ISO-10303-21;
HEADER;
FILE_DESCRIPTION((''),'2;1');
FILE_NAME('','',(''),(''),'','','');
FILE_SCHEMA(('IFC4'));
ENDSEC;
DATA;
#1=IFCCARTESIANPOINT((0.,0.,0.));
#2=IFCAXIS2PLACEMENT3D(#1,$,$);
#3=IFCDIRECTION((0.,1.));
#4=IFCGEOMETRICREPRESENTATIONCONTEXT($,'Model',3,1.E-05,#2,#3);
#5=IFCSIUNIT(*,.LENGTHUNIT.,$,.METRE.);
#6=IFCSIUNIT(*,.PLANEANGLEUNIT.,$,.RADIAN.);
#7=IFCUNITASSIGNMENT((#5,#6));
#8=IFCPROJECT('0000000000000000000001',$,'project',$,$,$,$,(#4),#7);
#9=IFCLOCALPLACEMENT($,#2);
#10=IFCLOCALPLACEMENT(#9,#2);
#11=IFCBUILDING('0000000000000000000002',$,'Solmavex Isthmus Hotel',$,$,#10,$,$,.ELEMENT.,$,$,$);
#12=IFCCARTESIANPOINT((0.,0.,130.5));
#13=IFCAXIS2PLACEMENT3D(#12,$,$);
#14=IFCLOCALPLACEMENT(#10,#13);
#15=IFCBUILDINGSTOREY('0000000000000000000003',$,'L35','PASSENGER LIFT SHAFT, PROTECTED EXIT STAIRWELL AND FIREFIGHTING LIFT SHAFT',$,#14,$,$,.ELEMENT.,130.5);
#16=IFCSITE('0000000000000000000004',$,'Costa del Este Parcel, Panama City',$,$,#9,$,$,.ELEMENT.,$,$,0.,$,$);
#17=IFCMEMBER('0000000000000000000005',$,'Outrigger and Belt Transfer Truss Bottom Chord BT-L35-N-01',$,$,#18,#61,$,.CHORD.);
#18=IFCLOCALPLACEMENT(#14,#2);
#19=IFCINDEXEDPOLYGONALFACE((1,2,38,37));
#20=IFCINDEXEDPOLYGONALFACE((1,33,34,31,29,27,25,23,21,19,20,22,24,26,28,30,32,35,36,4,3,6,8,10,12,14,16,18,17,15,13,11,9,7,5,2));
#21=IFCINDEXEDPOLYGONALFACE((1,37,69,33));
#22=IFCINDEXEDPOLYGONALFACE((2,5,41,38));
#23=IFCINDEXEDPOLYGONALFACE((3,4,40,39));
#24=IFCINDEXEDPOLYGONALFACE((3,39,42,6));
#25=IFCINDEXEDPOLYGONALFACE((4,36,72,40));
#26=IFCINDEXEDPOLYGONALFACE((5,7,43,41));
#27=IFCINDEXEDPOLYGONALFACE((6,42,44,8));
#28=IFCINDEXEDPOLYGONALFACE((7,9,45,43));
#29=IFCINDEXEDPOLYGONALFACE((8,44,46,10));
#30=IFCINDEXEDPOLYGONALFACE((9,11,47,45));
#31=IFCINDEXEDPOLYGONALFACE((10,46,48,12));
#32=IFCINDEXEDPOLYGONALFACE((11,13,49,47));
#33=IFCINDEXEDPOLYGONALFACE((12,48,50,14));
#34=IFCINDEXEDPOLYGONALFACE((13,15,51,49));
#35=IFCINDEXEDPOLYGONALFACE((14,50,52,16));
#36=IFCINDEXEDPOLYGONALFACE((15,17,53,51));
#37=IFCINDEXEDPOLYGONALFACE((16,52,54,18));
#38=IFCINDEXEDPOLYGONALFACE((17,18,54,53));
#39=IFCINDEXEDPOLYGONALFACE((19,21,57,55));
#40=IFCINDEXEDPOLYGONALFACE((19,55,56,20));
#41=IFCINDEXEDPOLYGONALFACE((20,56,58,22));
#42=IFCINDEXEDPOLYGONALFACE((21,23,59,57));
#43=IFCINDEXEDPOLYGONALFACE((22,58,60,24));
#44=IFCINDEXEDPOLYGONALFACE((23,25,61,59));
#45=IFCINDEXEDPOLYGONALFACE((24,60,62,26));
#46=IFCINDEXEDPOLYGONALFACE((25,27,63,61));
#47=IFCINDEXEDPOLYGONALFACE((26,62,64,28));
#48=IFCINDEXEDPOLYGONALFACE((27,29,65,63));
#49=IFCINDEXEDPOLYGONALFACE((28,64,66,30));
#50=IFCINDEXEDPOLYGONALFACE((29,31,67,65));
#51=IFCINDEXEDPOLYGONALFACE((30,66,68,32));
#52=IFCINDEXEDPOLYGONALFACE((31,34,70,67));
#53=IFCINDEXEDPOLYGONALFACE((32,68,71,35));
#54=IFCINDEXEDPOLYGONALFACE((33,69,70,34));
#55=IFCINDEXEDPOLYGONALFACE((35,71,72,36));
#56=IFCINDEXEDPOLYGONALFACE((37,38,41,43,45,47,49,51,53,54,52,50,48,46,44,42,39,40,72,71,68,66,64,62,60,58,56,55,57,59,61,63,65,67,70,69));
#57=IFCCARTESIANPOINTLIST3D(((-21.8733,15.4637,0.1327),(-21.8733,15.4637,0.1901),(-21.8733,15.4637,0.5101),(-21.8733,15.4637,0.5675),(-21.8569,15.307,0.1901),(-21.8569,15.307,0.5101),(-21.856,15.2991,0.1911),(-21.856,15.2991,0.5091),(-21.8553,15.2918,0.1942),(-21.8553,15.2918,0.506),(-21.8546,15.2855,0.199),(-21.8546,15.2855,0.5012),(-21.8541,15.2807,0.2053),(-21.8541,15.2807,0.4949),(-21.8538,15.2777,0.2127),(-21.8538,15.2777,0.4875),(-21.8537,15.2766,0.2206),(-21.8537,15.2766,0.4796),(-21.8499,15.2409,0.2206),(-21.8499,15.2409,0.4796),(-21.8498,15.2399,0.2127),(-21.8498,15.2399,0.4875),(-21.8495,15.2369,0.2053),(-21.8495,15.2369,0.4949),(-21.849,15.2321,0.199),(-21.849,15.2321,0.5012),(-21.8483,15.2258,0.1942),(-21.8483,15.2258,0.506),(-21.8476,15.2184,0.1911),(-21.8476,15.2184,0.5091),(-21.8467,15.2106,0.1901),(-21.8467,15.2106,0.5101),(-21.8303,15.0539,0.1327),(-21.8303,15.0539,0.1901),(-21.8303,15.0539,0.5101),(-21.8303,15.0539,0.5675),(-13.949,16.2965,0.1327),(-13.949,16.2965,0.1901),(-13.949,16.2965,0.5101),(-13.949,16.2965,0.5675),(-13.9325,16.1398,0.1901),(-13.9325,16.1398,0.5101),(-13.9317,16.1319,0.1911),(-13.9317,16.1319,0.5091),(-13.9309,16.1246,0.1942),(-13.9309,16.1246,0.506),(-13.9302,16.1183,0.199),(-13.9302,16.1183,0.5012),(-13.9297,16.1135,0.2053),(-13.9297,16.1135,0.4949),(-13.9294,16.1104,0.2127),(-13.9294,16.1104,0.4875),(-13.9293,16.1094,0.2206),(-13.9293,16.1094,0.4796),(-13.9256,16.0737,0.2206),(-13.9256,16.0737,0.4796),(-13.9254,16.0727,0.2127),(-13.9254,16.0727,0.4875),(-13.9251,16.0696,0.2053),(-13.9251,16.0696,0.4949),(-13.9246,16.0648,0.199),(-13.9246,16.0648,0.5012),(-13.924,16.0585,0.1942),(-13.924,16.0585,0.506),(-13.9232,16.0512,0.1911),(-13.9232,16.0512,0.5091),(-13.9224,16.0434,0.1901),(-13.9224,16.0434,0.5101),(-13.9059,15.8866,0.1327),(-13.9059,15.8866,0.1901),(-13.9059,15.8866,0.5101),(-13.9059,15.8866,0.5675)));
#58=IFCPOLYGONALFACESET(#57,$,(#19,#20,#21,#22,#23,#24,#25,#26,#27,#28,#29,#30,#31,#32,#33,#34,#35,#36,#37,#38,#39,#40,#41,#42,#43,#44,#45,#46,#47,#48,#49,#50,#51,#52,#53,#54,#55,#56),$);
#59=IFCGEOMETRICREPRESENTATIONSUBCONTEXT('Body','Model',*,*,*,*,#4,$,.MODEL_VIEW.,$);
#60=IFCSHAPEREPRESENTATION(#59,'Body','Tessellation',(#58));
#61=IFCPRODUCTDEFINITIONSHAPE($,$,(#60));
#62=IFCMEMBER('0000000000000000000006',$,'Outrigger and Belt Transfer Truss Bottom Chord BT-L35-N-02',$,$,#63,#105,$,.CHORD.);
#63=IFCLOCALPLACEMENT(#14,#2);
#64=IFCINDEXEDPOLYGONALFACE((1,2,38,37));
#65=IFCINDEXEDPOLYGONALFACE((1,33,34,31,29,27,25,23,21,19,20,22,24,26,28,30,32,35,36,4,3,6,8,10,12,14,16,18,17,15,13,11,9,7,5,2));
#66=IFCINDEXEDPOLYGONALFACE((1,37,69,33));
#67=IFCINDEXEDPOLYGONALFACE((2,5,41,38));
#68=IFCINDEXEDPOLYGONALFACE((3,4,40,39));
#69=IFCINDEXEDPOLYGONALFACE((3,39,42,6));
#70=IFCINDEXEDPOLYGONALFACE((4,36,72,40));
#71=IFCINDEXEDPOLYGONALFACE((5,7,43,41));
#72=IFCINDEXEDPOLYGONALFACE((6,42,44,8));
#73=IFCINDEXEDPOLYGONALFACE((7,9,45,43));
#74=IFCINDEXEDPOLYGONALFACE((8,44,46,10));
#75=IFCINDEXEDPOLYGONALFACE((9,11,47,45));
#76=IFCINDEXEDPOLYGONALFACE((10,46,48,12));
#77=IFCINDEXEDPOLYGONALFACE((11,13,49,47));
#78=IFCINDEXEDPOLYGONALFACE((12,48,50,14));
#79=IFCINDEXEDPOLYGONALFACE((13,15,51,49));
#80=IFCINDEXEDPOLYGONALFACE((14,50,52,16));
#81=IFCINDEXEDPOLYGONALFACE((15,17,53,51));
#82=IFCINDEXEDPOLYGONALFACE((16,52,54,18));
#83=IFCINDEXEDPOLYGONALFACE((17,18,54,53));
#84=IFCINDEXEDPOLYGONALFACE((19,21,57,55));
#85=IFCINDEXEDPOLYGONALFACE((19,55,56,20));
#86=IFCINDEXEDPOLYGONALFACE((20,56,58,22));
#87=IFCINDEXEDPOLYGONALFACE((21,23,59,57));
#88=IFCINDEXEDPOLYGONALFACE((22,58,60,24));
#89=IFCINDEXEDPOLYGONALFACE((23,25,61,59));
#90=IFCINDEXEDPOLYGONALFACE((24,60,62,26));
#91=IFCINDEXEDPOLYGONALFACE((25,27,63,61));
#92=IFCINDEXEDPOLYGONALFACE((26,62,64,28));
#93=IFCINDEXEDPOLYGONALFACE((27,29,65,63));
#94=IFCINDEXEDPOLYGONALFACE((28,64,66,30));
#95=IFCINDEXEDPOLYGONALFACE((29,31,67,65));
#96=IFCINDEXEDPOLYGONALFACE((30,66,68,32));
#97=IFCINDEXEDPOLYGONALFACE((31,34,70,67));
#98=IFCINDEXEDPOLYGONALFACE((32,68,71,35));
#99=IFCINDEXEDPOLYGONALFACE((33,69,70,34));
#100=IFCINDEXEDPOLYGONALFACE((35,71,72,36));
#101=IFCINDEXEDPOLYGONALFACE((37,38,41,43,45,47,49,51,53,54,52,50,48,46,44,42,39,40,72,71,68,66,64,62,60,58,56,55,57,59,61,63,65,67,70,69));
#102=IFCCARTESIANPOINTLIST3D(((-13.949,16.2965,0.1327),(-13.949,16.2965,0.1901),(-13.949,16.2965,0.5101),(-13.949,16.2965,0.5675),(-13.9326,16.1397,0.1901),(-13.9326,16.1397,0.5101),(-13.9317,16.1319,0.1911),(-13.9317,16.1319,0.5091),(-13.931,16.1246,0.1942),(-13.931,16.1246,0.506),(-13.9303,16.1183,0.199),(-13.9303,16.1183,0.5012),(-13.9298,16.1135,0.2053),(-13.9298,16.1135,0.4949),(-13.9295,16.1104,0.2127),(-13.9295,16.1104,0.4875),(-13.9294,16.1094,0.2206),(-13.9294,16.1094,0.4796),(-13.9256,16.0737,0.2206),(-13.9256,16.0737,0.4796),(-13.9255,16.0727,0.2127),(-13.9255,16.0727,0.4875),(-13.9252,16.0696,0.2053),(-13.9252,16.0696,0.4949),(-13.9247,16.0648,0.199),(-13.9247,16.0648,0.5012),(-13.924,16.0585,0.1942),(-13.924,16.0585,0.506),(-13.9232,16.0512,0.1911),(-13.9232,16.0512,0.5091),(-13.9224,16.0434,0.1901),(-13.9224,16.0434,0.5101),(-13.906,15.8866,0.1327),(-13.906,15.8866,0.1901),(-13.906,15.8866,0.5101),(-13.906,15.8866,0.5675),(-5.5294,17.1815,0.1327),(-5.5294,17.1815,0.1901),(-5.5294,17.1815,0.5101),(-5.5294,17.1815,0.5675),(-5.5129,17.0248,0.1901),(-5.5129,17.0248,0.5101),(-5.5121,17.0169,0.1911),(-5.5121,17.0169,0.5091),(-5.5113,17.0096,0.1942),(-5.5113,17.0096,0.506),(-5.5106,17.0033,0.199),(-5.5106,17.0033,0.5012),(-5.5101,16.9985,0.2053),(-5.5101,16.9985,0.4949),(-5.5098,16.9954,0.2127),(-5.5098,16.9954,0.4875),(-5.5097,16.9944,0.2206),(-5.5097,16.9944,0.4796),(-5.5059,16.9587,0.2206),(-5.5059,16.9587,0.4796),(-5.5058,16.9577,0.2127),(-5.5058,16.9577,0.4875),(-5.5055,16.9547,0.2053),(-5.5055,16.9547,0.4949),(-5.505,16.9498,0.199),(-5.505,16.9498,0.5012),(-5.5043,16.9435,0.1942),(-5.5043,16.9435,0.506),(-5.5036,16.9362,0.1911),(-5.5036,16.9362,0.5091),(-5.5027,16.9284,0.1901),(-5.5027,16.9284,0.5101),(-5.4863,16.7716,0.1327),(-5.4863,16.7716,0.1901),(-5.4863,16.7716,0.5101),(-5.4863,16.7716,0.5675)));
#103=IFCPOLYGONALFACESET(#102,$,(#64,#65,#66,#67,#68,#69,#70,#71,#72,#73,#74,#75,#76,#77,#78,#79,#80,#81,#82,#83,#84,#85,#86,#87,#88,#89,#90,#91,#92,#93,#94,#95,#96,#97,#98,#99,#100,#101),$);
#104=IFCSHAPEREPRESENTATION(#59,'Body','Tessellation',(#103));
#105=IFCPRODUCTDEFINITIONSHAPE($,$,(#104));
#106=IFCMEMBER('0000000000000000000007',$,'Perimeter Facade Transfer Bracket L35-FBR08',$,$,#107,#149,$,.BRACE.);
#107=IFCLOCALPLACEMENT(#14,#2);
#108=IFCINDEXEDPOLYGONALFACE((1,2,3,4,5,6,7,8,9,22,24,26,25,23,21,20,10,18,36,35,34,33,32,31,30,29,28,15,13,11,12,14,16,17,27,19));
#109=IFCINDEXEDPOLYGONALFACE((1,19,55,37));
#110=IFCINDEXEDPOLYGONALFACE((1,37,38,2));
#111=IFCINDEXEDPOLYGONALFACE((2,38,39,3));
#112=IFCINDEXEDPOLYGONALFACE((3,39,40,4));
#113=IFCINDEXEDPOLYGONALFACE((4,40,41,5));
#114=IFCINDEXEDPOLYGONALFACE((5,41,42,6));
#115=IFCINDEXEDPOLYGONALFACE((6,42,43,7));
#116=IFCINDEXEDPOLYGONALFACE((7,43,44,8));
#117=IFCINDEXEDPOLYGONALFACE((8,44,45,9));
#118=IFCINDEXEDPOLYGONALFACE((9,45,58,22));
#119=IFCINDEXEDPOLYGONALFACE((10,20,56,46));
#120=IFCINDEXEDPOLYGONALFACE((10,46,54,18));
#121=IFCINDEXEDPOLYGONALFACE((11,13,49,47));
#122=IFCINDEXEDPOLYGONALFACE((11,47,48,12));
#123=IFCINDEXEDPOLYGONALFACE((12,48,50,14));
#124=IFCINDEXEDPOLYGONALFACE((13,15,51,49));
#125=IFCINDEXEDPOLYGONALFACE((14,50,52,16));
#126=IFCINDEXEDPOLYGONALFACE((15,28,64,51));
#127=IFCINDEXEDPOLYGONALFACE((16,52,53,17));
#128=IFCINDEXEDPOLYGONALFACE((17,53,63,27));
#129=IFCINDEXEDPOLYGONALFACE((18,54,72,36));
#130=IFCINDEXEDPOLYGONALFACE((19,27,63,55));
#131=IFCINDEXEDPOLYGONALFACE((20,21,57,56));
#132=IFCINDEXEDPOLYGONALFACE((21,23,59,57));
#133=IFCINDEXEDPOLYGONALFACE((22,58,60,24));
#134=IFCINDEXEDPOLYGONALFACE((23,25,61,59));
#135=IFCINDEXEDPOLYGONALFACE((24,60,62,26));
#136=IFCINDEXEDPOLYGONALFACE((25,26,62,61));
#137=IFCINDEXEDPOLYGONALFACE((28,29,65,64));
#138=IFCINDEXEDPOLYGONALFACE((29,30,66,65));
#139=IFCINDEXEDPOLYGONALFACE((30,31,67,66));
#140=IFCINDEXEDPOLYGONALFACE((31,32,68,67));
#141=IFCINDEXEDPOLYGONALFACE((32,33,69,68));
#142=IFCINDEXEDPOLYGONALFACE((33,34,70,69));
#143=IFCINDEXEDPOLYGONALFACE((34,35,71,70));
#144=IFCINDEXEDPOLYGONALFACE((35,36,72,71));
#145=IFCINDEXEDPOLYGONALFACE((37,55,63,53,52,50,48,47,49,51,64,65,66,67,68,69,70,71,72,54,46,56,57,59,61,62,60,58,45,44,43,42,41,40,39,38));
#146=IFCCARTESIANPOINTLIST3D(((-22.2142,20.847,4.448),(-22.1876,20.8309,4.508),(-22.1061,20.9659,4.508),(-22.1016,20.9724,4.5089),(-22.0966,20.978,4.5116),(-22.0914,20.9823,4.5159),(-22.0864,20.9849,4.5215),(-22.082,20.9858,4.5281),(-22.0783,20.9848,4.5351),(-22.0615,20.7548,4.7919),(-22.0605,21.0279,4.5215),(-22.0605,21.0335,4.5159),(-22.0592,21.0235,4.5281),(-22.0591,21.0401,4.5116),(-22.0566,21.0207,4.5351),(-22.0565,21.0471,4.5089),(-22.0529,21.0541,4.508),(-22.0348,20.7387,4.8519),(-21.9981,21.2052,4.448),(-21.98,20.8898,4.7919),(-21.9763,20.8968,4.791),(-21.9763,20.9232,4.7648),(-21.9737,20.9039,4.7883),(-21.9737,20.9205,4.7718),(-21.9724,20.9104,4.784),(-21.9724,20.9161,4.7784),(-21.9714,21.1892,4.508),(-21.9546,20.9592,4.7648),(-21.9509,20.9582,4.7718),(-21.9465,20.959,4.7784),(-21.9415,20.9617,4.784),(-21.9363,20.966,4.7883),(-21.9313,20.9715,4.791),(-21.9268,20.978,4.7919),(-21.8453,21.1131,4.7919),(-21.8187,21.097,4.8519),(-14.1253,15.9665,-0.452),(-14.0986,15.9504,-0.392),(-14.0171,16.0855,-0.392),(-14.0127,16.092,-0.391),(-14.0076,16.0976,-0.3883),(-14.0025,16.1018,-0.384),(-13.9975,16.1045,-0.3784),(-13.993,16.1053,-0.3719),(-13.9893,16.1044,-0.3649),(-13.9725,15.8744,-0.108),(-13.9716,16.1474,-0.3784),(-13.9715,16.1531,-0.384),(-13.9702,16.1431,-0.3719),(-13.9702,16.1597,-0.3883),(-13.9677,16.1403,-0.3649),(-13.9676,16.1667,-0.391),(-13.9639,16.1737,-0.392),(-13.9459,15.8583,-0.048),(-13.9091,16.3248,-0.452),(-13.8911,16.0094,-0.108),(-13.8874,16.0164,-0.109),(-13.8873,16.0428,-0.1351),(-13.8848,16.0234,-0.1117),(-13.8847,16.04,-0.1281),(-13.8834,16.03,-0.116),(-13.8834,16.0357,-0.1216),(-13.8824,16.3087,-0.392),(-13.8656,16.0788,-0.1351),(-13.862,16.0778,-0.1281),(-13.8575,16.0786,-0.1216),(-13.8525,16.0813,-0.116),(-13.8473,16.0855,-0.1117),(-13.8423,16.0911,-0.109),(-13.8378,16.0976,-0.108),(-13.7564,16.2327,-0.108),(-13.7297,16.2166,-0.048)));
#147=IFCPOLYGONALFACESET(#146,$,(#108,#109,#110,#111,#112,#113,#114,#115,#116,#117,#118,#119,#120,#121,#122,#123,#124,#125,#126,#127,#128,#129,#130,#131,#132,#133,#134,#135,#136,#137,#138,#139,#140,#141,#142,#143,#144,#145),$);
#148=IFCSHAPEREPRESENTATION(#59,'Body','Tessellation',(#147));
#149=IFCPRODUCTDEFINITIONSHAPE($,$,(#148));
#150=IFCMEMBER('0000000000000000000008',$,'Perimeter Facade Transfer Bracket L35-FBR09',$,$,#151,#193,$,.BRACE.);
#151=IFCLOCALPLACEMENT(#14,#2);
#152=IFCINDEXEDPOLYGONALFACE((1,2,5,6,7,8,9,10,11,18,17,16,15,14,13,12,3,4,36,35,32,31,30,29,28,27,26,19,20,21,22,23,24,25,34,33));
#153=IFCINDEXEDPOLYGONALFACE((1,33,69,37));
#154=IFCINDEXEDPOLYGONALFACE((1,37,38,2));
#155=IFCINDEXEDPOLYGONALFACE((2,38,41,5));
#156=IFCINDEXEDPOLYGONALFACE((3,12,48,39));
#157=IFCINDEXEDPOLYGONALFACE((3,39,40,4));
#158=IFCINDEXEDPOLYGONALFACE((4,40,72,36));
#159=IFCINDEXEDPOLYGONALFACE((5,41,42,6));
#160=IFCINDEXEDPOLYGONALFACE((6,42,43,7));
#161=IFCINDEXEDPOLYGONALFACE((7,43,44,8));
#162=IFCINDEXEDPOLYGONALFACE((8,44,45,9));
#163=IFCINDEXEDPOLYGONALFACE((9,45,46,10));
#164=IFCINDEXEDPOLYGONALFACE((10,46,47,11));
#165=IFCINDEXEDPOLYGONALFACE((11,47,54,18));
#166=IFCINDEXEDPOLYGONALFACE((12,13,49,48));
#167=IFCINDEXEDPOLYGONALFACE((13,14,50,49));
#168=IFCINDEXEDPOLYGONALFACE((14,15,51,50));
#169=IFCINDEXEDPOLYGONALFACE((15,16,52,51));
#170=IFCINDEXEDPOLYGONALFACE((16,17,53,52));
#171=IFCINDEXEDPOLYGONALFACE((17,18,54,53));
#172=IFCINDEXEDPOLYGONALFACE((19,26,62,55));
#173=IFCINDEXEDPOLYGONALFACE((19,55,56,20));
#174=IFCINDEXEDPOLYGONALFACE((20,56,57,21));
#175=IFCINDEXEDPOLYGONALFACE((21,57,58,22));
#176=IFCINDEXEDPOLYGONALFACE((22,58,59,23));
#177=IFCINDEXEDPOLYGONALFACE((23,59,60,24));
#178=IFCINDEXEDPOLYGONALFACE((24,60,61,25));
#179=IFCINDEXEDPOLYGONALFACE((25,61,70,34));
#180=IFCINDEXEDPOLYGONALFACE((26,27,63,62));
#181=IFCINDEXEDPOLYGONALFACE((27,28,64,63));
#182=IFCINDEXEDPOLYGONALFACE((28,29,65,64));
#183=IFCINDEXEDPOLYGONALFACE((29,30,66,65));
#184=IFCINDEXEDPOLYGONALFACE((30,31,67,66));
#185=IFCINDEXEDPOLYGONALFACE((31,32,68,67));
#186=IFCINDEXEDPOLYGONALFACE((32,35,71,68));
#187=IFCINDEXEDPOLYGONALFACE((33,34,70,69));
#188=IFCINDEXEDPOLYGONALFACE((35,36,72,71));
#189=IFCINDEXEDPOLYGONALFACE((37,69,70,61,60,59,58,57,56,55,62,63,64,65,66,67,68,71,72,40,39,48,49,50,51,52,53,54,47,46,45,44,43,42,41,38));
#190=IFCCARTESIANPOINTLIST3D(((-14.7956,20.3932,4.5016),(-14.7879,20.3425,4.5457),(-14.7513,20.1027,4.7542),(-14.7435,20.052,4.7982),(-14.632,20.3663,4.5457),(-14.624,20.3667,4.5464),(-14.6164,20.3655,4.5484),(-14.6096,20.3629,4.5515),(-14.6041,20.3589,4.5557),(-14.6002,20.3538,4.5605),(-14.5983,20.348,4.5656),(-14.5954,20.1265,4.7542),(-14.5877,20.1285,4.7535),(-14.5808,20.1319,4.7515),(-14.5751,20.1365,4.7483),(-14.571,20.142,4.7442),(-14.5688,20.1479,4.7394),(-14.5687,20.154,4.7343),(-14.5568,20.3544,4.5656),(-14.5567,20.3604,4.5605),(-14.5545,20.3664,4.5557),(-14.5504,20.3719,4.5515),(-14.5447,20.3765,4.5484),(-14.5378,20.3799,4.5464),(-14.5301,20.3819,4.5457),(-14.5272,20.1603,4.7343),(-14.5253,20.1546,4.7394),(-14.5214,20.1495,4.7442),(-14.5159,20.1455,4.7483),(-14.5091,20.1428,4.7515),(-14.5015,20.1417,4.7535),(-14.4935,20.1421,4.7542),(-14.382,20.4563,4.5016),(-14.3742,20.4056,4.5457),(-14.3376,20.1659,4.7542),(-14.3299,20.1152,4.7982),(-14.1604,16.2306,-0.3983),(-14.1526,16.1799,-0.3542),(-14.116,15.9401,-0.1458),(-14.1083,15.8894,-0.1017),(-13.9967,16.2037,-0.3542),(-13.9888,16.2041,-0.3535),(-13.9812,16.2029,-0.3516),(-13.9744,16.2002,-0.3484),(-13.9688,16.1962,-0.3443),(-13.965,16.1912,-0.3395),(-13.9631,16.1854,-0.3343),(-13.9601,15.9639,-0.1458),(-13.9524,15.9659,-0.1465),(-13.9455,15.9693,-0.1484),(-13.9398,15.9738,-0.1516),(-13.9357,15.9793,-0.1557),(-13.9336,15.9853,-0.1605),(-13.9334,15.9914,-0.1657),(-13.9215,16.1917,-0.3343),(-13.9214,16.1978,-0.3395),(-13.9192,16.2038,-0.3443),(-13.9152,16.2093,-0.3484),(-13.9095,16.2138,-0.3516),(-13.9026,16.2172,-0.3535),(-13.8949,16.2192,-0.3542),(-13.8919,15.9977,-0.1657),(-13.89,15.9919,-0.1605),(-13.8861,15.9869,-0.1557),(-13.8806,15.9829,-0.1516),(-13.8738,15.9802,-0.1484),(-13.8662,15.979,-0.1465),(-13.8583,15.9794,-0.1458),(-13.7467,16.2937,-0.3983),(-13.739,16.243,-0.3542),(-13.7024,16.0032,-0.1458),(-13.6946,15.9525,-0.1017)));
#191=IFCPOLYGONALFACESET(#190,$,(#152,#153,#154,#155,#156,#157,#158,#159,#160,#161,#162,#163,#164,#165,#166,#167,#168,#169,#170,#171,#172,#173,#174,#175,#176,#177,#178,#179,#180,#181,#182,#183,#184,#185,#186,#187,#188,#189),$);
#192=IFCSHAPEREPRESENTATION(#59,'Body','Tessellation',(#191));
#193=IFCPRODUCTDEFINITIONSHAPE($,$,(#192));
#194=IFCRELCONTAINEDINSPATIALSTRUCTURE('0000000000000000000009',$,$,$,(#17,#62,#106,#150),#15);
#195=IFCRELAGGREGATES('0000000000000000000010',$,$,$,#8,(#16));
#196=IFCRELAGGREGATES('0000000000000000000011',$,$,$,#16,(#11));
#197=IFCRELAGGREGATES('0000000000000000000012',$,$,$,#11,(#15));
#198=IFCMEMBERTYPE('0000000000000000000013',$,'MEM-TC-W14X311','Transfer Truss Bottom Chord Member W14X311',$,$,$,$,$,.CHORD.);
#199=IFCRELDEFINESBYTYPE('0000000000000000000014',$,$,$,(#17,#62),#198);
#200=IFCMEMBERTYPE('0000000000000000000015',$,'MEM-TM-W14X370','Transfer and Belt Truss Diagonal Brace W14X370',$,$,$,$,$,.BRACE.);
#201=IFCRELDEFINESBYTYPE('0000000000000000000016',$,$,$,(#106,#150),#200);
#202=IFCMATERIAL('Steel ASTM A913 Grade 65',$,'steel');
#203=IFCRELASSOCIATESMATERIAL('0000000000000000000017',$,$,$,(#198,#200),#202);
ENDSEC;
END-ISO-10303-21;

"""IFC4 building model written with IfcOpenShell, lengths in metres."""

from ifc_helpers import new_model, si_unit, direction, frame, origin, origin_2d, place, context, subcontext, project, spatial, i_section, extrude, material, material_profile, profile_set, type_object, element, save


model = new_model("IFC4")

# Units and contexts
model_context = context("Model", 3, precision=1e-05, world=origin(), true_north=direction((0.0, 1.0)))
body_context = subcontext(model_context, "Body", "Model", "MODEL_VIEW")
ifc_project = project(units=[si_unit("LENGTHUNIT", "METRE"), si_unit("PLANEANGLEUNIT", "RADIAN")], contexts=[model_context])

# Site, building, storey
site_placement = place(None, origin())
site = spatial("IfcSite", under=ifc_project, at=site_placement, Name="Costa del Este Parcel, Panama City", CompositionType="ELEMENT", RefElevation=0.0)
building_placement = place(site_placement, origin())
building = spatial("IfcBuilding", under=site, at=building_placement, Name="Solmavex Isthmus Hotel", CompositionType="ELEMENT")
storey_placement = place(building_placement, frame((0.0, 0.0, 130.5)))
storey = spatial("IfcBuildingStorey", under=building, at=storey_placement, Name="L35", Description="PASSENGER LIFT SHAFT, PROTECTED EXIT STAIRWELL AND FIREFIGHTING LIFT SHAFT", CompositionType="ELEMENT", Elevation=130.5)

# Shared definitions
ifc_material_1 = material(Name="Steel ASTM A913 Grade 65", Category="steel")

# Members
ifc_material_profile_1 = material_profile(ifc_material_1, i_section(OverallWidth=0.4121, OverallDepth=0.4348, WebThickness=0.0359, FlangeThickness=0.0574, FilletRadius=0.0305, at=origin_2d()), Name="W14X311")
ifc_profile_set_1 = profile_set([ifc_material_profile_1], Name="Steel ASTM A913 Grade 65")
member_type_1 = type_object("IfcMemberType", Name="MEM-TC-W14X311", Description="Transfer Truss Bottom Chord Member W14X311", PredefinedType="CHORD", material=ifc_profile_set_1)
member_1_placement = place(storey_placement, frame((-21.8518, 15.2588, 0.3501), z_axis=(0.994523, 0.104514, 0.0), x_axis=(-0.104514, 0.994523, 0.0)))
element("IfcMember", 1, at=member_1_placement, inside=storey, type_object=member_type_1, Name="Outrigger and Belt Transfer Truss Bottom Chord BT-L35-N-01", PredefinedType="CHORD", context=body_context, shape_type="SweptSolid", body=[
    extrude(i_section(OverallWidth=0.4121, OverallDepth=0.4348, WebThickness=0.0359, FlangeThickness=0.0574, FilletRadius=0.0305, at=origin_2d()), origin(), (0.0, 0.0, 1.0), 7.968),
])
member_2_placement = place(storey_placement, frame((-13.9275, 16.0916, 0.3501), z_axis=(0.994521, 0.104536, 0.0), x_axis=(-0.104536, 0.994521, 0.0)))
element("IfcMember", 2, at=member_2_placement, inside=storey, type_object=member_type_1, Name="Outrigger and Belt Transfer Truss Bottom Chord BT-L35-N-02", PredefinedType="CHORD", context=body_context, shape_type="SweptSolid", body=[
    extrude(i_section(OverallWidth=0.4121, OverallDepth=0.4348, WebThickness=0.0359, FlangeThickness=0.0574, FilletRadius=0.0305, at=origin_2d()), origin(), (0.0, 0.0, 1.0), 8.4661),
])
ifc_material_profile_2 = material_profile(ifc_material_1, i_section(OverallWidth=0.4185, OverallDepth=0.4551, WebThickness=0.042, FlangeThickness=0.0676, FilletRadius=0.0305, at=origin_2d()), Name="W14X370")
ifc_profile_set_2 = profile_set([ifc_material_profile_2], Name="Steel ASTM A913 Grade 65")
member_type_2 = type_object("IfcMemberType", Name="MEM-TM-W14X370", Description="Transfer and Belt Truss Diagonal Brace W14X370", PredefinedType="BRACE", material=ifc_profile_set_2)
member_3_placement = place(storey_placement, frame((-13.9275, 16.0916, -0.25), z_axis=(-0.760073, 0.458586, 0.460421), x_axis=(-0.5166, -0.856227, 0.0)))
element("IfcMember", 3, at=member_3_placement, inside=storey, type_object=member_type_2, Name="Perimeter Facade Transfer Bracket L35-FBR08", PredefinedType="BRACE", context=body_context, shape_type="SweptSolid", body=[
    extrude(i_section(OverallWidth=0.4185, OverallDepth=0.4551, WebThickness=0.042, FlangeThickness=0.0676, FilletRadius=0.0305, at=origin_2d()), origin(), (0.0, 0.0, 1.0), 10.6423),
])
member_4_placement = place(storey_placement, frame((-13.9275, 16.0916, -0.25), z_axis=(-0.098327, 0.644302, 0.758424), x_axis=(-0.988555, -0.150863, 0.0)))
element("IfcMember", 4, at=member_4_placement, inside=storey, type_object=member_type_2, Name="Perimeter Facade Transfer Bracket L35-FBR09", PredefinedType="BRACE", context=body_context, shape_type="SweptSolid", body=[
    extrude(i_section(OverallWidth=0.4185, OverallDepth=0.4551, WebThickness=0.042, FlangeThickness=0.0676, FilletRadius=0.0305, at=origin_2d()), origin(), (0.0, 0.0, 1.0), 6.4607),
])

save(model, "model.ifc")
